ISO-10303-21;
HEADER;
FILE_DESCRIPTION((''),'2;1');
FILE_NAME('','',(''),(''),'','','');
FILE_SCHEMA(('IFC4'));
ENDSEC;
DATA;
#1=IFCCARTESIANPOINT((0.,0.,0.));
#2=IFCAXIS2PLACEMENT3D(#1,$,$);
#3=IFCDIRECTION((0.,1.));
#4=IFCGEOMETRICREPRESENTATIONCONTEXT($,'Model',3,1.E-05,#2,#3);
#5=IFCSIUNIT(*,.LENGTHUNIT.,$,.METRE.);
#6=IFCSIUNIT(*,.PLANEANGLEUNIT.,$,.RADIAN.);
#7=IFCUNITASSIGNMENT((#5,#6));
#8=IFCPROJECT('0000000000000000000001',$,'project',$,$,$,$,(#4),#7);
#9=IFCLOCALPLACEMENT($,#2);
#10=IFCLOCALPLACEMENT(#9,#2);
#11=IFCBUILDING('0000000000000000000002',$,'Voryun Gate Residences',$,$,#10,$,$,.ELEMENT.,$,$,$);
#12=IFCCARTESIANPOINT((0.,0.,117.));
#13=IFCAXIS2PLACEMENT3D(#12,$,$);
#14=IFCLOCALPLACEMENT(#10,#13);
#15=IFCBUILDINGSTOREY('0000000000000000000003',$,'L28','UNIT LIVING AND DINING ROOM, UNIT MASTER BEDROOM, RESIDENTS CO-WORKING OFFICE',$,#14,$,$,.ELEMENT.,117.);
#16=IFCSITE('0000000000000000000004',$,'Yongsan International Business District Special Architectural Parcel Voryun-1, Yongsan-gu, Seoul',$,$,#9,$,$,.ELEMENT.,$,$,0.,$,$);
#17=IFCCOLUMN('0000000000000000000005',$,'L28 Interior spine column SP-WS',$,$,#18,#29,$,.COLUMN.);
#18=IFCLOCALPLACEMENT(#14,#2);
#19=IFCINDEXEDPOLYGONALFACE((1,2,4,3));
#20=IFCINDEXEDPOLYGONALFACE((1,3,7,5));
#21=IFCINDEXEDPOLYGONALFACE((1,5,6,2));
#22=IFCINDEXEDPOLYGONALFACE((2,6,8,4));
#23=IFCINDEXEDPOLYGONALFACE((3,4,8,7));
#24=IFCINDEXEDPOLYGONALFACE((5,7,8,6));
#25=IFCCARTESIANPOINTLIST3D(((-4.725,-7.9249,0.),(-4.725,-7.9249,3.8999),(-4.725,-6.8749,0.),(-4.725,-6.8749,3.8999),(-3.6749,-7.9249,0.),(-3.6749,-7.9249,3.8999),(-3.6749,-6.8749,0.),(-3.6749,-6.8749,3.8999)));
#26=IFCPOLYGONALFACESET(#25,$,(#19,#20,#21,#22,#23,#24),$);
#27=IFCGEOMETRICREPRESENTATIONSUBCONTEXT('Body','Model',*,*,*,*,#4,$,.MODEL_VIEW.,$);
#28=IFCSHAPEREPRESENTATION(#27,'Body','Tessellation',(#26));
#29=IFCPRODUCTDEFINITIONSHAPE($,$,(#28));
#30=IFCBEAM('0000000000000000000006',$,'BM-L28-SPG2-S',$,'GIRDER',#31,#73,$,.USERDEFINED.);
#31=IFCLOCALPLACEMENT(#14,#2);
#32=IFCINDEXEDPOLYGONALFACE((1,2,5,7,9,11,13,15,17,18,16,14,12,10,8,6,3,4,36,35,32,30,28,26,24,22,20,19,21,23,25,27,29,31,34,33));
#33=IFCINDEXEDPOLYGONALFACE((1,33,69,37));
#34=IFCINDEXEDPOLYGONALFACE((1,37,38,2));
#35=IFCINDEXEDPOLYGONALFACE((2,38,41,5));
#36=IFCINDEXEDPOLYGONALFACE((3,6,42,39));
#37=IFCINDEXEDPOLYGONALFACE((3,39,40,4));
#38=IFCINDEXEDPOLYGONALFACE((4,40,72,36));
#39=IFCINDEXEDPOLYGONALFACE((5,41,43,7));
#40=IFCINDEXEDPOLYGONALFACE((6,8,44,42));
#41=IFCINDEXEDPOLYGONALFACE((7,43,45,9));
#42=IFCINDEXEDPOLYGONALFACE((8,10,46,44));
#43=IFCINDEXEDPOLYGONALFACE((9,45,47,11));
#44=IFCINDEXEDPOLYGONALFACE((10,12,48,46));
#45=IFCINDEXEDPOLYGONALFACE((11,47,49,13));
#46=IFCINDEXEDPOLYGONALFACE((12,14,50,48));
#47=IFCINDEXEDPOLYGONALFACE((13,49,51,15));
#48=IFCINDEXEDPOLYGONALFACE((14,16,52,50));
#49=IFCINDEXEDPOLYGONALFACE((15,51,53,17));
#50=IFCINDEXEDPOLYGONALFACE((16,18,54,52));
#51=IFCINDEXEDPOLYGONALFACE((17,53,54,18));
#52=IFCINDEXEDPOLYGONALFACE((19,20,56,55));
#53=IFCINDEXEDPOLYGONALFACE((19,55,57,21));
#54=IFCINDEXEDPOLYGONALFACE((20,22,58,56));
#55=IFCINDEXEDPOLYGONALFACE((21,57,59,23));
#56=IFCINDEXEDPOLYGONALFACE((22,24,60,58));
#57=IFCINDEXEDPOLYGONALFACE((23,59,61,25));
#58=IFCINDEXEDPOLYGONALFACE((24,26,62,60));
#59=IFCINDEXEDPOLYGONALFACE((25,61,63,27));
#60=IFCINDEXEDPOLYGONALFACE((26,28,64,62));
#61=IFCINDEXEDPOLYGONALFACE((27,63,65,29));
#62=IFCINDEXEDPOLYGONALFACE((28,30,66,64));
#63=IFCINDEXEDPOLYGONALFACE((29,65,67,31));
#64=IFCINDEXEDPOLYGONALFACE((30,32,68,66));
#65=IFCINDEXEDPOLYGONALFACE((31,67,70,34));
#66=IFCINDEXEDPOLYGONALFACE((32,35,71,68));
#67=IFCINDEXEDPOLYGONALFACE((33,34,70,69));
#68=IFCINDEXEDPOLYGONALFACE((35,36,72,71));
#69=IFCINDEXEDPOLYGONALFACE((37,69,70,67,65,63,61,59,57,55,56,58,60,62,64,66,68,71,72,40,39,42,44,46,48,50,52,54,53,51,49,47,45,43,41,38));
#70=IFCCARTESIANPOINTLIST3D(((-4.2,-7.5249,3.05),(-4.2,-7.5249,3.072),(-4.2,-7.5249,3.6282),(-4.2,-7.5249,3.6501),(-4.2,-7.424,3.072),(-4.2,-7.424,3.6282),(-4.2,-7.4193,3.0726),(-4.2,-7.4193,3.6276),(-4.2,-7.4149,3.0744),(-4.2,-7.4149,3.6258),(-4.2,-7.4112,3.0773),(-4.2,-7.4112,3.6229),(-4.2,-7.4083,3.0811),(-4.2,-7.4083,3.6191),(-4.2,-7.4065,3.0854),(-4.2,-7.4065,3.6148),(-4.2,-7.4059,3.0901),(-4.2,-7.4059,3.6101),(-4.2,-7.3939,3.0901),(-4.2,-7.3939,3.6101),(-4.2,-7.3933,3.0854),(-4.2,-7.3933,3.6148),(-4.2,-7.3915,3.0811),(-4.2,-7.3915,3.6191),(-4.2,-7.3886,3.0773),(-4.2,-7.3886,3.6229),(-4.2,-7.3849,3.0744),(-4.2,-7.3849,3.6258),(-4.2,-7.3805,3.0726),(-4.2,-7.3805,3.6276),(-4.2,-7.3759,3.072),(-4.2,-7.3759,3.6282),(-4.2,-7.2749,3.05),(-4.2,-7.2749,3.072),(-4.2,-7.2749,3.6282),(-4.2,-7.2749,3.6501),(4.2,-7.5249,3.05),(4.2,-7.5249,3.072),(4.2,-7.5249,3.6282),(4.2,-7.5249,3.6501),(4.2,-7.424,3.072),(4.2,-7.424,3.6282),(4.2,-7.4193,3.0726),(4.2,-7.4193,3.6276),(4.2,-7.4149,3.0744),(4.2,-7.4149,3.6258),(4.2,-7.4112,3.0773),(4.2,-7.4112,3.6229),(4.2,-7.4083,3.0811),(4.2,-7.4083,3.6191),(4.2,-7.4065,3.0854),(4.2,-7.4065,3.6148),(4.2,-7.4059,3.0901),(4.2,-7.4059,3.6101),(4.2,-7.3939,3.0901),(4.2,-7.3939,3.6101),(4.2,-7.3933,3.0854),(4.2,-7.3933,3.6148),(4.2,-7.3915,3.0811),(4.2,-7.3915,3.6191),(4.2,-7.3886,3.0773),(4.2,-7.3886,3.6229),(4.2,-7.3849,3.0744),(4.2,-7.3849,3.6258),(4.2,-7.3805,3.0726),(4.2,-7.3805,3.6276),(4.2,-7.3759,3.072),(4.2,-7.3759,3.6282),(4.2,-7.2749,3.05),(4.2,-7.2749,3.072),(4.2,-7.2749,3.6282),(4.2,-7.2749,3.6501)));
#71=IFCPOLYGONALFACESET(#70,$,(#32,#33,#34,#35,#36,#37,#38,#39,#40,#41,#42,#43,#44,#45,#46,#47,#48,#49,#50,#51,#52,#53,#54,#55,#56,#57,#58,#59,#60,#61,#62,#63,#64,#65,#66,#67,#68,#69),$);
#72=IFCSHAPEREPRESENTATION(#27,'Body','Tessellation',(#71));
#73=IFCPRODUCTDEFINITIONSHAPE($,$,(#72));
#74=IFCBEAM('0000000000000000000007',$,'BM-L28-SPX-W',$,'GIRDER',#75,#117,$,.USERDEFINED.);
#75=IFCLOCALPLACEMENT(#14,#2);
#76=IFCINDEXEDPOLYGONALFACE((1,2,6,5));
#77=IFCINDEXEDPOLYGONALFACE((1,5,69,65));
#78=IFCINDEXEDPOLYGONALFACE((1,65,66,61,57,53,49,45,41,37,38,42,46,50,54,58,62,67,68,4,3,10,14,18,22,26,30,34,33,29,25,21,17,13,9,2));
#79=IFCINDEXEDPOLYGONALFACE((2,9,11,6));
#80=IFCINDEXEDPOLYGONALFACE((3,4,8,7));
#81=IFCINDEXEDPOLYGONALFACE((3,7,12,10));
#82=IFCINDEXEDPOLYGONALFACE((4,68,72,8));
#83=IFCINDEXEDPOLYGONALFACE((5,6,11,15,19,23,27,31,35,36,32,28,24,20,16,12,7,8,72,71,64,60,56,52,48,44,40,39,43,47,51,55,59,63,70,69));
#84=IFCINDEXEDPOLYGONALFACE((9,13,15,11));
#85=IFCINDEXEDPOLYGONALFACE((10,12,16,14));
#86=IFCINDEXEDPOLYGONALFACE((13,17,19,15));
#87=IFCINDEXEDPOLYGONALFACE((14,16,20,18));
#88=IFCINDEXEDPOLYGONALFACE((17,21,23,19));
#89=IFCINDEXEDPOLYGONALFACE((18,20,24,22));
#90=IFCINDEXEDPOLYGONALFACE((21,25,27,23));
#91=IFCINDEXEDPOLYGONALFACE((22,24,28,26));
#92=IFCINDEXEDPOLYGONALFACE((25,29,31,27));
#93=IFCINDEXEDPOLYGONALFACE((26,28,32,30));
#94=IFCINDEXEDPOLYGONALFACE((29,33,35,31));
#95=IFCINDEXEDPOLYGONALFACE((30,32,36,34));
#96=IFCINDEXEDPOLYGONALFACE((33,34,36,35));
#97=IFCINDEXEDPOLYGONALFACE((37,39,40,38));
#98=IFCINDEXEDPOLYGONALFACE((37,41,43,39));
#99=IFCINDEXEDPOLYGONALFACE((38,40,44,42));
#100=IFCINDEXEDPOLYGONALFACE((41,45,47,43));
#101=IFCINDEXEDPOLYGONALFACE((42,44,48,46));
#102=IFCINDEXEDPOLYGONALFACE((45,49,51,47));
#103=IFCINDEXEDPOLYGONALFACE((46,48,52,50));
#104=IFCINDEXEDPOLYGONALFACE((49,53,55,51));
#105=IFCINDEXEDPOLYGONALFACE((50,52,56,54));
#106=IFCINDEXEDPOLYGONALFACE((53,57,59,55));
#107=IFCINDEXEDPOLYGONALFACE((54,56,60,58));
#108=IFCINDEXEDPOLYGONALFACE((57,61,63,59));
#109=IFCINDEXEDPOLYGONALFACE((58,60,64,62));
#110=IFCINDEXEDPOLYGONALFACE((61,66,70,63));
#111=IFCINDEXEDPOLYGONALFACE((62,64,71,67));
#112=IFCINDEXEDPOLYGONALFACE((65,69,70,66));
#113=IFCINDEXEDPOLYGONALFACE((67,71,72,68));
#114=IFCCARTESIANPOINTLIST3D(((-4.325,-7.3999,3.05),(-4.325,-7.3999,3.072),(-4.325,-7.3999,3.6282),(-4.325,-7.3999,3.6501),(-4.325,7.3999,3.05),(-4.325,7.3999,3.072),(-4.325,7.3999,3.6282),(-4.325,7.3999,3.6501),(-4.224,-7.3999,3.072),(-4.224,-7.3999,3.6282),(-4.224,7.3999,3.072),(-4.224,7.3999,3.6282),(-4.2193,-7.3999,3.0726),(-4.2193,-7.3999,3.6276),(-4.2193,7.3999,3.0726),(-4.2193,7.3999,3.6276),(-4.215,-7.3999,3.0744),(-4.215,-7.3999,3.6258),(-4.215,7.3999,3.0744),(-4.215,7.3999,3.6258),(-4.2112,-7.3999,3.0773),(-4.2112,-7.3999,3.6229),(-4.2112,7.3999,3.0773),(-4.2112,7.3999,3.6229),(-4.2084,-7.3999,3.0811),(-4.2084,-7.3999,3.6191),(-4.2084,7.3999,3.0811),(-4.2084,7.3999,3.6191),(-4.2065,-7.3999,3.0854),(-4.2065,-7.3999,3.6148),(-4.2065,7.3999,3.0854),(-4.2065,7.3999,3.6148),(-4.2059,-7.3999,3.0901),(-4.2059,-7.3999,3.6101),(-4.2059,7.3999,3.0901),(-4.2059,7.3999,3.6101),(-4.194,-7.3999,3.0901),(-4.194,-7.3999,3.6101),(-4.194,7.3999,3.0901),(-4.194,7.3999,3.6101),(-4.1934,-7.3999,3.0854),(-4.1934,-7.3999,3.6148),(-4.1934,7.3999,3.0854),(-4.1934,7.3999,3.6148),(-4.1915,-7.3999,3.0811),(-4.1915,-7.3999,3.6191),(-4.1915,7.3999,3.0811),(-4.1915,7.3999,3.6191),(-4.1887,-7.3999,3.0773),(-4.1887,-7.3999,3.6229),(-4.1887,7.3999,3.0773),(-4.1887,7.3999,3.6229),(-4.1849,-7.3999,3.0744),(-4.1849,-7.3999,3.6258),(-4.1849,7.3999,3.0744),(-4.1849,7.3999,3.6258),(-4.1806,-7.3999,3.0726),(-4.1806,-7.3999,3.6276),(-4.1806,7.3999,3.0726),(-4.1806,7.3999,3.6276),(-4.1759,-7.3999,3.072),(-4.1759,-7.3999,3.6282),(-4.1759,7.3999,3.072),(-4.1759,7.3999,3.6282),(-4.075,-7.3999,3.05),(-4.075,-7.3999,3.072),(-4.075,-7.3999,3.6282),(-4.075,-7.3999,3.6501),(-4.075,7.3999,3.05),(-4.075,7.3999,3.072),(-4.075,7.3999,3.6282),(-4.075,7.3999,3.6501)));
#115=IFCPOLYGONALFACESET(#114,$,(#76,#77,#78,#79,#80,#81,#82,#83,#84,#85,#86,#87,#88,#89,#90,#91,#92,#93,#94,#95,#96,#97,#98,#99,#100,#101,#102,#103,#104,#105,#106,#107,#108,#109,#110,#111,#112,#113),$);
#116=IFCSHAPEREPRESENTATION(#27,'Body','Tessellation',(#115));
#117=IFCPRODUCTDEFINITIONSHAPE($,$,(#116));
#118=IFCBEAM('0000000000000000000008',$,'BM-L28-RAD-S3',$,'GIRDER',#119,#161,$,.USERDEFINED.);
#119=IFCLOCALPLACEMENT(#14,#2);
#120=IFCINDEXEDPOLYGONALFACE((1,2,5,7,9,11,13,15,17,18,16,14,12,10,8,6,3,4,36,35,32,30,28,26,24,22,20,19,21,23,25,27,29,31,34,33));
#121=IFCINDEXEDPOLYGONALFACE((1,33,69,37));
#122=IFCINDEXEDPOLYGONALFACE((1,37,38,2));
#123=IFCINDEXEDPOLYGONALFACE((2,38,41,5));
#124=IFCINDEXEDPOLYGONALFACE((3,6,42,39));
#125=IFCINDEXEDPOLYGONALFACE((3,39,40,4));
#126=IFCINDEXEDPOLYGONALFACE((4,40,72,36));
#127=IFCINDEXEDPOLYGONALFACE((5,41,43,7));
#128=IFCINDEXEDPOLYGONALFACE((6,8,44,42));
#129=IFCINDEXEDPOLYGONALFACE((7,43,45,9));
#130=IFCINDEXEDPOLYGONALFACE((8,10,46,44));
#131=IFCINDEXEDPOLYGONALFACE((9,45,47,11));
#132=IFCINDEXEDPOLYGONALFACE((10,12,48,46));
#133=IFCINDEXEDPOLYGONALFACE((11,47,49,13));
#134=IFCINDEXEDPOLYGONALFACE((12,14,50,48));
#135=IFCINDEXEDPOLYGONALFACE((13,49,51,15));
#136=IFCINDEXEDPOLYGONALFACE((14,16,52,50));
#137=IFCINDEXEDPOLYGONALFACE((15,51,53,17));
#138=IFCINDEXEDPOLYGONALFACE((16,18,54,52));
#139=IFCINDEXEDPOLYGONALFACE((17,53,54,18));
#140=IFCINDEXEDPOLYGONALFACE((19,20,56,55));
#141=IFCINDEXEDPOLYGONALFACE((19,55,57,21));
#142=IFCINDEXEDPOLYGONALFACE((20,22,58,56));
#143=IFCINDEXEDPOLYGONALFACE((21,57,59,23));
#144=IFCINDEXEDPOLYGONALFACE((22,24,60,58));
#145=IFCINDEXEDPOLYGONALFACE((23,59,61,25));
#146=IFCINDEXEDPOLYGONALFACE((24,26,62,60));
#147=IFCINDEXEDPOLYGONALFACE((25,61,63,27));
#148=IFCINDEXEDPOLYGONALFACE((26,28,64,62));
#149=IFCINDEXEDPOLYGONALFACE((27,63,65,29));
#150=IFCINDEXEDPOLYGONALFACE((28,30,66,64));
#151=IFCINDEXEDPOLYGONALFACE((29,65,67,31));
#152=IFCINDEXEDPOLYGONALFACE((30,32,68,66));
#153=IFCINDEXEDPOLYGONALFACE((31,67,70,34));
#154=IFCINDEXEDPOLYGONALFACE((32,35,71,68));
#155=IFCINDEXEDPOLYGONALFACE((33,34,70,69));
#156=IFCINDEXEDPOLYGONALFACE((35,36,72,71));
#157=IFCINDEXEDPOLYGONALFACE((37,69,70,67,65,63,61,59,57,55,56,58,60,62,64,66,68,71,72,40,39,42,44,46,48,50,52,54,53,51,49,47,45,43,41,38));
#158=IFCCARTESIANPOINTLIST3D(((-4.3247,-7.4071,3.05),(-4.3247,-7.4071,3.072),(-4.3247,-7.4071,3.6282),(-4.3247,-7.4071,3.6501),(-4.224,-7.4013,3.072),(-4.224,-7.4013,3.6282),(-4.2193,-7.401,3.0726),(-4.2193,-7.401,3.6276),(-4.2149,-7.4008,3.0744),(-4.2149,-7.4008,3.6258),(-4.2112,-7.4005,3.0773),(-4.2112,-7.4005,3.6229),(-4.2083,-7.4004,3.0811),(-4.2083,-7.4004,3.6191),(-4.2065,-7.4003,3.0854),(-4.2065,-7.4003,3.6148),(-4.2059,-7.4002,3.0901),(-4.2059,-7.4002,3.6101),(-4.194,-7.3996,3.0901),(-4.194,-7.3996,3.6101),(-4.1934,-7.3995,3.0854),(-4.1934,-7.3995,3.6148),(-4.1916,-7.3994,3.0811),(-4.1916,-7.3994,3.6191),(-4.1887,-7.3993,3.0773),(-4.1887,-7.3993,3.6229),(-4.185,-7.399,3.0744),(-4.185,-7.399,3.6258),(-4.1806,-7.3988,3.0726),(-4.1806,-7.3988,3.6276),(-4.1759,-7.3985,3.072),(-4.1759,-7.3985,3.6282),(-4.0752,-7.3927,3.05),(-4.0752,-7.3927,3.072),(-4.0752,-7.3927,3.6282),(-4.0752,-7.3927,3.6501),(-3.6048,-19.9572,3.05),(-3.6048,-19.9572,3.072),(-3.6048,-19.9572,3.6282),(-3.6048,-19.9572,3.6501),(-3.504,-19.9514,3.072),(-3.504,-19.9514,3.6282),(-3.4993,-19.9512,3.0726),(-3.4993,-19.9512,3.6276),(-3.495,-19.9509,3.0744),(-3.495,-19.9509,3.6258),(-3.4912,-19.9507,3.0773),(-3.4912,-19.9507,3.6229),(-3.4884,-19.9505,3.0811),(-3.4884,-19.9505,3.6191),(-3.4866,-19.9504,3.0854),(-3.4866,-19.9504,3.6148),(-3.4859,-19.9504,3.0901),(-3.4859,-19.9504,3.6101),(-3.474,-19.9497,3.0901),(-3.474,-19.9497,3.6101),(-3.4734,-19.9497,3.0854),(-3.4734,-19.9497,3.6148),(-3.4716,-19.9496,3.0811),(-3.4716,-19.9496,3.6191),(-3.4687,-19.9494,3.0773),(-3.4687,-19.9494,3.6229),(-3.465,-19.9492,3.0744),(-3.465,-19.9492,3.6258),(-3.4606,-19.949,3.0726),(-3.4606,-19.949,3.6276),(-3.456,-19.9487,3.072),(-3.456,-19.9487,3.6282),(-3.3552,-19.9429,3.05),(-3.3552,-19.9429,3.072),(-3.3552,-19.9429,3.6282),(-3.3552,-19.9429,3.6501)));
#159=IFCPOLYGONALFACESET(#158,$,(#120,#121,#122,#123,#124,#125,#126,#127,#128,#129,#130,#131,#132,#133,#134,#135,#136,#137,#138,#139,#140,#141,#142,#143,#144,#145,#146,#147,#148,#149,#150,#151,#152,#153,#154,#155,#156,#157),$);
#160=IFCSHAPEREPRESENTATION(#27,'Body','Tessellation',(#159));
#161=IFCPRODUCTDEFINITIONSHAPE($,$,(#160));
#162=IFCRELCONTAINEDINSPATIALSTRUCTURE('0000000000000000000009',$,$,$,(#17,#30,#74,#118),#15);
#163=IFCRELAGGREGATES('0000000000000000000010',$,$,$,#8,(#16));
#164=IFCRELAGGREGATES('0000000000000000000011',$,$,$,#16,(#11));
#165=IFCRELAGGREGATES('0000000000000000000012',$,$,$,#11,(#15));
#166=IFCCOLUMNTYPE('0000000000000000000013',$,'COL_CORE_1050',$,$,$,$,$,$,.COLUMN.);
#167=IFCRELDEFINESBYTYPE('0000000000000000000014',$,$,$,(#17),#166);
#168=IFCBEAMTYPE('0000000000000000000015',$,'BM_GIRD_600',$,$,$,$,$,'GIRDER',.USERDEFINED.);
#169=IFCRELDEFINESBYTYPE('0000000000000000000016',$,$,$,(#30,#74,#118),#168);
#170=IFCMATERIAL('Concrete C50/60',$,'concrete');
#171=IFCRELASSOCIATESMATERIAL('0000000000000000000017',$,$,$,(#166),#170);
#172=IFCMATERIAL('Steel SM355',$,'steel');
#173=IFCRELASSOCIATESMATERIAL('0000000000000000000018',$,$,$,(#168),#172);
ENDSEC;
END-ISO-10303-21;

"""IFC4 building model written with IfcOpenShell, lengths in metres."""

from ifc_helpers import new_model, si_unit, direction, frame, origin, origin_2d, place, context, subcontext, project, spatial, rectangle, i_section, extrude, material, material_profile, profile_set, type_object, element, save


model = new_model("IFC4")

# Units and contexts
model_context = context("Model", 3, precision=1e-05, world=origin(), true_north=direction((0.0, 1.0)))
body_context = subcontext(model_context, "Body", "Model", "MODEL_VIEW")
ifc_project = project(units=[si_unit("LENGTHUNIT", "METRE"), si_unit("PLANEANGLEUNIT", "RADIAN")], contexts=[model_context])

# Site, building, storey
site_placement = place(None, origin())
site = spatial("IfcSite", under=ifc_project, at=site_placement, Name="Yongsan International Business District Special Architectural Parcel Voryun-1, Yongsan-gu, Seoul", CompositionType="ELEMENT", RefElevation=0.0)
building_placement = place(site_placement, origin())
building = spatial("IfcBuilding", under=site, at=building_placement, Name="Voryun Gate Residences", CompositionType="ELEMENT")
storey_placement = place(building_placement, frame((0.0, 0.0, 117.0)))
storey = spatial("IfcBuildingStorey", under=building, at=storey_placement, Name="L28", Description="UNIT LIVING AND DINING ROOM, UNIT MASTER BEDROOM, RESIDENTS CO-WORKING OFFICE", CompositionType="ELEMENT", Elevation=117.0)

# Column
ifc_material_1 = material(Name="Concrete C50/60", Category="concrete")
ifc_material_profile_1 = material_profile(ifc_material_1, rectangle(XDim=1.05, YDim=1.05, at=origin_2d()), Name="RC-1050x1050")
ifc_profile_set_1 = profile_set([ifc_material_profile_1], Name="Concrete C50/60")
column_type = type_object("IfcColumnType", Name="COL_CORE_1050", PredefinedType="COLUMN", material=ifc_profile_set_1)
column_placement = place(storey_placement, frame((-4.2, -7.3999, 0.0), z_axis=(0.0, 0.0, 1.0), x_axis=(1.0, 0.0, 0.0)))
element("IfcColumn", 1, at=column_placement, inside=storey, type_object=column_type, Name="L28 Interior spine column SP-WS", PredefinedType="COLUMN", context=body_context, shape_type="SweptSolid", body=[
    extrude(rectangle(XDim=1.05, YDim=1.05, at=origin_2d()), origin(), (0.0, 0.0, 1.0), 3.8999),
])

# Beams
ifc_material_2 = material(Name="Steel SM355", Category="steel")
ifc_material_profile_2 = material_profile(ifc_material_2, i_section(OverallWidth=0.25, OverallDepth=0.6001, WebThickness=0.012, FlangeThickness=0.022, FilletRadius=0.0181, at=origin_2d()), Name="H-600x250x12x22")
ifc_profile_set_2 = profile_set([ifc_material_profile_2], Name="Steel SM355")
beam_type_1 = type_object("IfcBeamType", Name="BM_GIRD_600", ElementType="GIRDER", PredefinedType="USERDEFINED", material=ifc_profile_set_2)
beam_1_placement = place(storey_placement, frame((-4.2, -7.3999, 3.3501), z_axis=(1.0, 0.0, 0.0), x_axis=(0.0, 1.0, 0.0)))
element("IfcBeam", 2, at=beam_1_placement, inside=storey, type_object=beam_type_1, Name="BM-L28-SPG2-S", ObjectType="GIRDER", PredefinedType="USERDEFINED", context=body_context, shape_type="SweptSolid", body=[
    extrude(i_section(OverallWidth=0.25, OverallDepth=0.6001, WebThickness=0.012, FlangeThickness=0.022, FilletRadius=0.0181, at=origin_2d()), origin(), (0.0, 0.0, 1.0), 8.3999),
])
beam_2_placement = place(storey_placement, frame((-4.2, -7.3999, 3.3501), z_axis=(0.0, 1.0, 0.0), x_axis=(-1.0, 0.0, 0.0)))
element("IfcBeam", 3, at=beam_2_placement, inside=storey, type_object=beam_type_1, Name="BM-L28-SPX-W", ObjectType="GIRDER", PredefinedType="USERDEFINED", context=body_context, shape_type="SweptSolid", body=[
    extrude(i_section(OverallWidth=0.25, OverallDepth=0.6001, WebThickness=0.012, FlangeThickness=0.022, FilletRadius=0.0181, at=origin_2d()), origin(), (0.0, 0.0, 1.0), 14.7998),
])
beam_3_placement = place(storey_placement, frame((-4.2, -7.3999, 3.3501), z_axis=(0.057274, -0.998359, 0.0), x_axis=(0.998359, 0.057274, 0.0)))
element("IfcBeam", 4, at=beam_3_placement, inside=storey, type_object=beam_type_1, Name="BM-L28-RAD-S3", ObjectType="GIRDER", PredefinedType="USERDEFINED", context=body_context, shape_type="SweptSolid", body=[
    extrude(i_section(OverallWidth=0.25, OverallDepth=0.6001, WebThickness=0.012, FlangeThickness=0.022, FilletRadius=0.0181, at=origin_2d()), origin(), (0.0, 0.0, 1.0), 12.5708),
])

save(model, "model.ifc")
